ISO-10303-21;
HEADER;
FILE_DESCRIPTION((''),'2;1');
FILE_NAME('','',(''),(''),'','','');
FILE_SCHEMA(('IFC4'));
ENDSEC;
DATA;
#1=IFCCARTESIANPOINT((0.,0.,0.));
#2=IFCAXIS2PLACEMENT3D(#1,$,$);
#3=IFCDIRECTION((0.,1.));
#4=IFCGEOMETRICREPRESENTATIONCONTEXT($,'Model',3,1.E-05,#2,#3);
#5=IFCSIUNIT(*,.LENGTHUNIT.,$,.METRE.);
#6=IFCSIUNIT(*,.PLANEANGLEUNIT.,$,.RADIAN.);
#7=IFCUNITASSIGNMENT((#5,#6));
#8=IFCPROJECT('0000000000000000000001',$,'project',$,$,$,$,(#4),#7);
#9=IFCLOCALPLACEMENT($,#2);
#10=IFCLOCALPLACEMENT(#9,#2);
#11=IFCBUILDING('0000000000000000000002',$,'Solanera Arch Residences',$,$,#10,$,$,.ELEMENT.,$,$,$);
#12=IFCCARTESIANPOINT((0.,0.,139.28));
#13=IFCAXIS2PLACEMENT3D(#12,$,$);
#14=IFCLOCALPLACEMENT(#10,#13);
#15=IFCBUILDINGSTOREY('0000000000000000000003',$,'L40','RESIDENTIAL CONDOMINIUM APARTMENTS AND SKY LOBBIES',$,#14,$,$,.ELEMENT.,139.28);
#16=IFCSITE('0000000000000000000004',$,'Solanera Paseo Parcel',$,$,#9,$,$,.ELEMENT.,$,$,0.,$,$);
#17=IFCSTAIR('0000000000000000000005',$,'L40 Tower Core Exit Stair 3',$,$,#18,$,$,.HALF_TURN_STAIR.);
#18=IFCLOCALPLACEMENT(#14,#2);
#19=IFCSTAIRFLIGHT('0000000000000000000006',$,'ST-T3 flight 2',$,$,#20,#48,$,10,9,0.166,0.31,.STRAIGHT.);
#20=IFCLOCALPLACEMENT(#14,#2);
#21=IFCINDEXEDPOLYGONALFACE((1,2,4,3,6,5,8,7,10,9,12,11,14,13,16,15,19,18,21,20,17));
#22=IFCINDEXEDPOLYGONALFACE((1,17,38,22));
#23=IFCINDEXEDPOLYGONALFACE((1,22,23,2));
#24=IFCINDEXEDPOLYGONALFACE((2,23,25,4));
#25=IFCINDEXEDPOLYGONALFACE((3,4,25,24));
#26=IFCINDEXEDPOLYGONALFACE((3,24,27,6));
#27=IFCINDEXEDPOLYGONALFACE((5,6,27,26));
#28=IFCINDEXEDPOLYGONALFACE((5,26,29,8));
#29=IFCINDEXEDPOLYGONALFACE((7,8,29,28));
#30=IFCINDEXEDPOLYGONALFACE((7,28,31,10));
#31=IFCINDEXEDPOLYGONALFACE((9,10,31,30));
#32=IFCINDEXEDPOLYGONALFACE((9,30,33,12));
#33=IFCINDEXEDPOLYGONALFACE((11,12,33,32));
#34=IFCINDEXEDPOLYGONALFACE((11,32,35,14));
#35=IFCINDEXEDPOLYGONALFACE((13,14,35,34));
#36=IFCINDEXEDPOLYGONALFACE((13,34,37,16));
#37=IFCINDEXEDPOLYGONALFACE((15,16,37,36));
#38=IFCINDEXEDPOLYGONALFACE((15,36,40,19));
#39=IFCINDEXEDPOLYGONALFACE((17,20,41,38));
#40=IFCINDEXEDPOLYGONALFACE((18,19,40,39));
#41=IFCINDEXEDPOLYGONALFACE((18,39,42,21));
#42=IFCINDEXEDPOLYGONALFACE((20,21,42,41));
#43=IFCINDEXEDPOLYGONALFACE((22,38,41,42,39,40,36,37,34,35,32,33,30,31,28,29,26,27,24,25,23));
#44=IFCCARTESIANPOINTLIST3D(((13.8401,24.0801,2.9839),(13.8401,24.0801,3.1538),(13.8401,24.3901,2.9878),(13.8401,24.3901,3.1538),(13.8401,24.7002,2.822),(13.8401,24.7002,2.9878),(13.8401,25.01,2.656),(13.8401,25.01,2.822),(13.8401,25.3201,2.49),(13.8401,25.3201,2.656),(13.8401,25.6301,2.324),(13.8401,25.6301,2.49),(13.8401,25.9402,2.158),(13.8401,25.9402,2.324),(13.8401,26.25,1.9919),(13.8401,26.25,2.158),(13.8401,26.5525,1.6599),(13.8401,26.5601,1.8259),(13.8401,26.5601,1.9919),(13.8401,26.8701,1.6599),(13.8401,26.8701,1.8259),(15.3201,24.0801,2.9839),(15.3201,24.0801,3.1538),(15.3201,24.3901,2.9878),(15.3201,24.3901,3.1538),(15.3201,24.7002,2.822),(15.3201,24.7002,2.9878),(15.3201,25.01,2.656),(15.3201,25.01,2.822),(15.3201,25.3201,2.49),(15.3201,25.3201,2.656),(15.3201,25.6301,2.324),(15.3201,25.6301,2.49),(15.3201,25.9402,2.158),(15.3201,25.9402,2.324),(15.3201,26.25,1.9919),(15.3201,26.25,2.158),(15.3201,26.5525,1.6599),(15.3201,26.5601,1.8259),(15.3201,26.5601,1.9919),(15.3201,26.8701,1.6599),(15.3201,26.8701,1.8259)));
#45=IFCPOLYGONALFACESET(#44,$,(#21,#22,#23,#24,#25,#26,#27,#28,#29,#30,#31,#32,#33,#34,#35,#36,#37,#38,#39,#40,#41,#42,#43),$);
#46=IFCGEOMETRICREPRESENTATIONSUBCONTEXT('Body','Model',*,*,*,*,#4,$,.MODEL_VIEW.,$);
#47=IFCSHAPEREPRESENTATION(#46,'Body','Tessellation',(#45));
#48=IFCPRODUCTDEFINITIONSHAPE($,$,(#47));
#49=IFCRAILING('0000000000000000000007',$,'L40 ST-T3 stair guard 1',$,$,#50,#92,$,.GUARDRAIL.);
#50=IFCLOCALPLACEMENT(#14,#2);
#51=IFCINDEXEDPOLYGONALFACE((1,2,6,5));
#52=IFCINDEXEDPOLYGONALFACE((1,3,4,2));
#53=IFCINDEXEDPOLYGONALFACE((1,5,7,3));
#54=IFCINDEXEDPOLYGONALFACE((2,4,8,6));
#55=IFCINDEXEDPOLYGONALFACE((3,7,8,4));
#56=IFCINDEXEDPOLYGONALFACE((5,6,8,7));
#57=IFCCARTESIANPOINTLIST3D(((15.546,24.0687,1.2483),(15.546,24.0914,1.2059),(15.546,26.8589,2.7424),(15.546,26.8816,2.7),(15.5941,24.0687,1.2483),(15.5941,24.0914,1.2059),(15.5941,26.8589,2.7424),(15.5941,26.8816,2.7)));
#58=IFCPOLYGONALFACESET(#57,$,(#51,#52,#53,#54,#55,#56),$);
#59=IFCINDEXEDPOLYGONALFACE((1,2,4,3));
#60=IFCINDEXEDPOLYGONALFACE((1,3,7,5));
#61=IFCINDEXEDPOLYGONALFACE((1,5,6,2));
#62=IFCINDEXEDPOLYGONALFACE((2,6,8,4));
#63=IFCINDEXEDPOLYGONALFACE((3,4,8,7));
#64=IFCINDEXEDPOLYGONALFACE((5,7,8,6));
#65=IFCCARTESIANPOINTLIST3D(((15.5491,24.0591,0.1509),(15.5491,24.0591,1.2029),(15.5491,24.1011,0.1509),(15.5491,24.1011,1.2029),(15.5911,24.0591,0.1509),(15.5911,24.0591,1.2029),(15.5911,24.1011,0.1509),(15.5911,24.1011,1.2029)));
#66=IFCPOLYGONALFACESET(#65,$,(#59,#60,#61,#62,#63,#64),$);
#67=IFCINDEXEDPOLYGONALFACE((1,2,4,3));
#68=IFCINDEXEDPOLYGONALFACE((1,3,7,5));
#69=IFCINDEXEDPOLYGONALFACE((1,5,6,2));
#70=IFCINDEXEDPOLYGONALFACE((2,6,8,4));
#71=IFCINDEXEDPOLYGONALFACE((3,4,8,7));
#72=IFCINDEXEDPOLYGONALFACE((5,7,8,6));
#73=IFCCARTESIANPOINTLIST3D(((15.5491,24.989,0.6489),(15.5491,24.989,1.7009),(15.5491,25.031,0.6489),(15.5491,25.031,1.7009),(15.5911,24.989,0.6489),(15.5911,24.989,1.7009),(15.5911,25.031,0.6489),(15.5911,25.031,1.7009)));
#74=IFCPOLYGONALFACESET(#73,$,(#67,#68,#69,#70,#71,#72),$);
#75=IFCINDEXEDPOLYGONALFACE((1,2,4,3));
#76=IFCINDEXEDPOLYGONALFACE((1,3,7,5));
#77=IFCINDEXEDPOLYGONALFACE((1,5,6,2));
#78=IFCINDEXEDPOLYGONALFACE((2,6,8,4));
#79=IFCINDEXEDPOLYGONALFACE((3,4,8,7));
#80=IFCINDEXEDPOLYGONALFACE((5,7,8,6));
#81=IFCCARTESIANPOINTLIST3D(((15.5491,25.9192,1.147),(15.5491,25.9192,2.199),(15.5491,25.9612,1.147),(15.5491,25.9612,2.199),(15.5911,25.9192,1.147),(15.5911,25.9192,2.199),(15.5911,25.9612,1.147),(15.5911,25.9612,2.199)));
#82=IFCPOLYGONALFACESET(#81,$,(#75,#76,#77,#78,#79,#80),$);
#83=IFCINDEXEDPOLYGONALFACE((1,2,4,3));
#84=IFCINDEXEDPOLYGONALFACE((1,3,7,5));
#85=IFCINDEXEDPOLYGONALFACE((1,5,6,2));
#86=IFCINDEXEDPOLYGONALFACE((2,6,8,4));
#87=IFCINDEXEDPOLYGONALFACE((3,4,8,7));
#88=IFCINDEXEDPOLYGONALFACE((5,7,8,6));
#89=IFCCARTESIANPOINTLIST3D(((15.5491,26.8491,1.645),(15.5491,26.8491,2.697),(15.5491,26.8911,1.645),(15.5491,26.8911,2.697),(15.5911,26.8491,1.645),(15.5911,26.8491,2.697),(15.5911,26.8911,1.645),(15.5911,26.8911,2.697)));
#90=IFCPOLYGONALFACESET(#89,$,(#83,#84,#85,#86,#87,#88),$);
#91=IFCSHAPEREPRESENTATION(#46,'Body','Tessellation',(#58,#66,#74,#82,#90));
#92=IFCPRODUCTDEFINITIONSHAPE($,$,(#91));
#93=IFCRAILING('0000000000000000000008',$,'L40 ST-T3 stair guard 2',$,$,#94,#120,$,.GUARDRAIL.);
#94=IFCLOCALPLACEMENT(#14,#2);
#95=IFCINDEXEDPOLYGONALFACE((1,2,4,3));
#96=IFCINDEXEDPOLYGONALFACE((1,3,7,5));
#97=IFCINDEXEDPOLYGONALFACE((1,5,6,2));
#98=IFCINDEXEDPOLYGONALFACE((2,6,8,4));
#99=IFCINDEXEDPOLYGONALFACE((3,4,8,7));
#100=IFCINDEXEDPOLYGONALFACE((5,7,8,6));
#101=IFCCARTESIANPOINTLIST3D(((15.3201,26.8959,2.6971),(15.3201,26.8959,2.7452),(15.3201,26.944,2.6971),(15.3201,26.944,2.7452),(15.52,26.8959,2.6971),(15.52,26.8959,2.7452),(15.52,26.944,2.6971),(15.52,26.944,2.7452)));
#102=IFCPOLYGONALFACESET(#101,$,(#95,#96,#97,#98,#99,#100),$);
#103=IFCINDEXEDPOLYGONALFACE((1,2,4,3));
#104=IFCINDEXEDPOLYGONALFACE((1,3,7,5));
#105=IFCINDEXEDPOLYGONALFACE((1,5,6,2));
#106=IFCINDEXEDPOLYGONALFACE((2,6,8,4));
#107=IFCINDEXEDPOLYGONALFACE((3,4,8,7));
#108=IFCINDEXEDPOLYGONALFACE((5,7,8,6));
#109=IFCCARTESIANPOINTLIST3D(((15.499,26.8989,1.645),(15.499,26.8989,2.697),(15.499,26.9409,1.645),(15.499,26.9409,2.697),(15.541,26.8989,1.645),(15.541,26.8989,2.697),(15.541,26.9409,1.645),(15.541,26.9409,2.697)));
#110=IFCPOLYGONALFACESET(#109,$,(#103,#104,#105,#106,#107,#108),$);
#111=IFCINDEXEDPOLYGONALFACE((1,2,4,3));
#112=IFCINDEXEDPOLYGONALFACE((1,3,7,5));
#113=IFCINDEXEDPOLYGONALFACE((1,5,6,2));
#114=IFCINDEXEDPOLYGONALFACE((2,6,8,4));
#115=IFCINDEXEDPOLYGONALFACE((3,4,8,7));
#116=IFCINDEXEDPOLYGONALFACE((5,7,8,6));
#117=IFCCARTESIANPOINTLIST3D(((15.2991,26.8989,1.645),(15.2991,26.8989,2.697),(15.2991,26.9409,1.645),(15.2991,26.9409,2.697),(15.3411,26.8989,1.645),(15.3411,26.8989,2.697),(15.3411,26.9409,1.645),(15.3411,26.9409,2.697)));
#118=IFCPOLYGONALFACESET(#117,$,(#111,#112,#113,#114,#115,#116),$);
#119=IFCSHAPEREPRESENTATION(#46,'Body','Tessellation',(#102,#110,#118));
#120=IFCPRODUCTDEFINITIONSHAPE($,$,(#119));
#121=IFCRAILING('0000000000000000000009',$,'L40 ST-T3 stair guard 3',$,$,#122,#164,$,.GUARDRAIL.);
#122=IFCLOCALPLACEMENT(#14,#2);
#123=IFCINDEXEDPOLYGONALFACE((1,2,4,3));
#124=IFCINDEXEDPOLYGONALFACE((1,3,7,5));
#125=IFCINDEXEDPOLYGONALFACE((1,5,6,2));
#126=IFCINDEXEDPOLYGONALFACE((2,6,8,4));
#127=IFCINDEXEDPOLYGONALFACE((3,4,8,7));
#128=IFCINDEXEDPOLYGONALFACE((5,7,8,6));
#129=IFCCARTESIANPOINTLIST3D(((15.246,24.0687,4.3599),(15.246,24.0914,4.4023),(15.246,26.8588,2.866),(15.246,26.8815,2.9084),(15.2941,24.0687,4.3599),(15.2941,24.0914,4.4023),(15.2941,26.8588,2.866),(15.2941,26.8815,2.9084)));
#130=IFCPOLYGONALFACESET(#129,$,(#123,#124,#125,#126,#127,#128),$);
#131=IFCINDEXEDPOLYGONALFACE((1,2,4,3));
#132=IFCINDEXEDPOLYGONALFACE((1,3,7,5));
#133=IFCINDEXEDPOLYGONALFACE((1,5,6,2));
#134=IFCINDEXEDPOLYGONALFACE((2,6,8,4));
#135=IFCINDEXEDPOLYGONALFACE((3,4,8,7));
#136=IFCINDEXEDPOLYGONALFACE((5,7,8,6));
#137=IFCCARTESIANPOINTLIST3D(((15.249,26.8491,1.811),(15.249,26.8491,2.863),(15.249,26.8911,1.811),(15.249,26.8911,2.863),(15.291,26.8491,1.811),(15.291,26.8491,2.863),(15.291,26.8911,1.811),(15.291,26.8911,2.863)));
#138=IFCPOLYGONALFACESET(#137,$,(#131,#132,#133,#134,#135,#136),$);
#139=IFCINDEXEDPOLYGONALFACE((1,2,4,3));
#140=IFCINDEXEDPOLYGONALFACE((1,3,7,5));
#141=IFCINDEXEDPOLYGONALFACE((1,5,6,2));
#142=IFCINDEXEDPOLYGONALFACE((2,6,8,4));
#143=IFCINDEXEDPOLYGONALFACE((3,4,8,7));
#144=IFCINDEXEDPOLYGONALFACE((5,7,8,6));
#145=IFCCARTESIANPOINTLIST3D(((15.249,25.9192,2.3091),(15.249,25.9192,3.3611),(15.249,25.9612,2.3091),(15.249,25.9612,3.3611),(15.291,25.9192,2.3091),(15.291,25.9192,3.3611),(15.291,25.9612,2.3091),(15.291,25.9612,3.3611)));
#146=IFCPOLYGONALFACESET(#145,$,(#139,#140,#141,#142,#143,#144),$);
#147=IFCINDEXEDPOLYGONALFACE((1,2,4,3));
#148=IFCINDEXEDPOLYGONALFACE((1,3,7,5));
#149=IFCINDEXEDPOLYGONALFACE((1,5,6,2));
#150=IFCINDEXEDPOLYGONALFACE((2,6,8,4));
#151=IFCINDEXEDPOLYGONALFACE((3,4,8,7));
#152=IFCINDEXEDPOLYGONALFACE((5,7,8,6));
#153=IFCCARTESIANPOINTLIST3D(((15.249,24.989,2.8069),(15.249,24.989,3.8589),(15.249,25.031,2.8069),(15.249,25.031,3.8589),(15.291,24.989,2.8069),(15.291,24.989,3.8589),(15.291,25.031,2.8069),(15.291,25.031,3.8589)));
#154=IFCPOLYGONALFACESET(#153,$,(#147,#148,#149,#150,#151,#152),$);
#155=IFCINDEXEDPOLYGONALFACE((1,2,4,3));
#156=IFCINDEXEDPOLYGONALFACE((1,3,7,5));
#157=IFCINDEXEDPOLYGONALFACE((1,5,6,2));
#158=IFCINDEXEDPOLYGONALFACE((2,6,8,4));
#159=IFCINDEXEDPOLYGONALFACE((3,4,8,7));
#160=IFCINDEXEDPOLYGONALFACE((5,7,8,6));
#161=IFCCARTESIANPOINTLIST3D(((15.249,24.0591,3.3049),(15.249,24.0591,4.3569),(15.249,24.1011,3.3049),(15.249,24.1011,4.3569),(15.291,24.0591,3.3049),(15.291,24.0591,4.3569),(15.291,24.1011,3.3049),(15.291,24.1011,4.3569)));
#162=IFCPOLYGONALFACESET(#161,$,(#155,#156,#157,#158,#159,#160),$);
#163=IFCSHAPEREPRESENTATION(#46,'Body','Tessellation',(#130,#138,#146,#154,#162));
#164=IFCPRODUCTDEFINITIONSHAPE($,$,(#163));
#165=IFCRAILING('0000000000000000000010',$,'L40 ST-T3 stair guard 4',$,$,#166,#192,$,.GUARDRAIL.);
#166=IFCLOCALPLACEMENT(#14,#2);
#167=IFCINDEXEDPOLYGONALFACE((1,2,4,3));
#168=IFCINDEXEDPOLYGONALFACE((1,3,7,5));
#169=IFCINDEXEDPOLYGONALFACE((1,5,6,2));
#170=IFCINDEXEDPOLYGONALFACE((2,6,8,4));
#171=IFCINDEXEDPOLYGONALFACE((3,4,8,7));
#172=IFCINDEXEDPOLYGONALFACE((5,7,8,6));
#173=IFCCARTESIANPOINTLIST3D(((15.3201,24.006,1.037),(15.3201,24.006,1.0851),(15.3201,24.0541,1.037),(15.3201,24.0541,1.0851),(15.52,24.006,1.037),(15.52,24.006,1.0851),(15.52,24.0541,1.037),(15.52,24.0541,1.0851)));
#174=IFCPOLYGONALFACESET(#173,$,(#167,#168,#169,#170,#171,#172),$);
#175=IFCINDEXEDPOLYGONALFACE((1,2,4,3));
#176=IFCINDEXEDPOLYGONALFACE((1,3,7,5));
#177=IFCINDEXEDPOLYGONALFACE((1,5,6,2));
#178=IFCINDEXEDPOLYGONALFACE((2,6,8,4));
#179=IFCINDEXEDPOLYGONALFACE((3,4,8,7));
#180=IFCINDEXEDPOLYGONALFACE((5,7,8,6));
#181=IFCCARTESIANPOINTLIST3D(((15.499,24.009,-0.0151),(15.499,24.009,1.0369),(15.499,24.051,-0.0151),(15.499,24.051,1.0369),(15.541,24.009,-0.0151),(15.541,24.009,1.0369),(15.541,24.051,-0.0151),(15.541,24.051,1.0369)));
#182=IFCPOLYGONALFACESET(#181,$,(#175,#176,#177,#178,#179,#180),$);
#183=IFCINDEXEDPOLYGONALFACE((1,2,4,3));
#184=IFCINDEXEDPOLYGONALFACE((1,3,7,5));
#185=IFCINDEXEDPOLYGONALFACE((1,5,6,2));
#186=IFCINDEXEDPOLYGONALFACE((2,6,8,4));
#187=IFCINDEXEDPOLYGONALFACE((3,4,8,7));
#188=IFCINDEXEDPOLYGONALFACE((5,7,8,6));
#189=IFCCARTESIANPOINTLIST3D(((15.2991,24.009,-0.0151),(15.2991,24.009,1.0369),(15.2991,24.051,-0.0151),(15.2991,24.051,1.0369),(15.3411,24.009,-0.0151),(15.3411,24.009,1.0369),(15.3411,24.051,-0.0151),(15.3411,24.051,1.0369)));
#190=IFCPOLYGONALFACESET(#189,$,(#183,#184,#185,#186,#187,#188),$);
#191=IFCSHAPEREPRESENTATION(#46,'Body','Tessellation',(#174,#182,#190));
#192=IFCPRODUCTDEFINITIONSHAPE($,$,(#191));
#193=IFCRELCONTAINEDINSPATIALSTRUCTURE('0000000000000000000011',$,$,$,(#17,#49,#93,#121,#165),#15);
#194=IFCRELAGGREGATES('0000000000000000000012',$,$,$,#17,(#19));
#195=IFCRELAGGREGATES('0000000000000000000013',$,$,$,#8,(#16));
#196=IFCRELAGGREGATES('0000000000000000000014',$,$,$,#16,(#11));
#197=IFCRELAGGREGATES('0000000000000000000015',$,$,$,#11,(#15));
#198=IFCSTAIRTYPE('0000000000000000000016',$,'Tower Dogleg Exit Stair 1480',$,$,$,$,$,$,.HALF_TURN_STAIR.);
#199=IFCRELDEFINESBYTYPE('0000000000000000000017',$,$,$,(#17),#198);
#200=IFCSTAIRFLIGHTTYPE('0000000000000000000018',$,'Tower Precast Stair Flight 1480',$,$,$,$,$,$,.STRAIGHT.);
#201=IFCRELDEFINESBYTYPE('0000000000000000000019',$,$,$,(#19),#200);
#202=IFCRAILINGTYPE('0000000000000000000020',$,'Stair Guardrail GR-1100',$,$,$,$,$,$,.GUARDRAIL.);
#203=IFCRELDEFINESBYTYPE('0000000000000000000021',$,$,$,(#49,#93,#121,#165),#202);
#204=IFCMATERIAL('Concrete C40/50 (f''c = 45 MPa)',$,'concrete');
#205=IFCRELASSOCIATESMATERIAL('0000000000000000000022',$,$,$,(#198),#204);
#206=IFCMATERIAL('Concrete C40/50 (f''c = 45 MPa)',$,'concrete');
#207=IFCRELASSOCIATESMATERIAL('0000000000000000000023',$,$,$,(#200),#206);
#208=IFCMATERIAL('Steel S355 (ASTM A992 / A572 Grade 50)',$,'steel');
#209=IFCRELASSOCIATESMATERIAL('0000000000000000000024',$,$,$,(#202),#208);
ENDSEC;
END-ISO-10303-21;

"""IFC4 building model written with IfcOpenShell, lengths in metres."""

from ifc_helpers import new_model, si_unit, direction, frame, origin, origin_2d, place, context, subcontext, project, spatial, polyline, rectangle, outline, extrude, material, type_object, element, aggregate, save


model = new_model("IFC4")

# Units and contexts
model_context = context("Model", 3, precision=1e-05, world=origin(), true_north=direction((0.0, 1.0)))
body_context = subcontext(model_context, "Body", "Model", "MODEL_VIEW")
ifc_project = project(units=[si_unit("LENGTHUNIT", "METRE"), si_unit("PLANEANGLEUNIT", "RADIAN")], contexts=[model_context])

# Site, building, storey
site_placement = place(None, origin())
site = spatial("IfcSite", under=ifc_project, at=site_placement, Name="Solanera Paseo Parcel", CompositionType="ELEMENT", RefElevation=0.0)
building_placement = place(site_placement, origin())
building = spatial("IfcBuilding", under=site, at=building_placement, Name="Solanera Arch Residences", CompositionType="ELEMENT")
storey_placement = place(building_placement, frame((0.0, 0.0, 139.28)))
storey = spatial("IfcBuildingStorey", under=building, at=storey_placement, Name="L40", Description="RESIDENTIAL CONDOMINIUM APARTMENTS AND SKY LOBBIES", CompositionType="ELEMENT", Elevation=139.28)

# Stair, stair flight
ifc_material_1 = material(Name="Concrete C40/50 (f'c = 45 MPa)", Category="concrete")
stair_type = type_object("IfcStairType", Name="Tower Dogleg Exit Stair 1480", PredefinedType="HALF_TURN_STAIR", material=ifc_material_1)
stair_placement = place(storey_placement, origin())
stair = element("IfcStair", 1, at=stair_placement, inside=storey, type_object=stair_type, Name="L40 Tower Core Exit Stair 3", PredefinedType="HALF_TURN_STAIR")
ifc_material_2 = material(Name="Concrete C40/50 (f'c = 45 MPa)", Category="concrete")
stair_flight_type = type_object("IfcStairFlightType", Name="Tower Precast Stair Flight 1480", PredefinedType="STRAIGHT", material=ifc_material_2)
stair_flight_1_placement = place(storey_placement, frame((14.5801, 26.8701, 1.6599), z_axis=(0.0, 0.0, 1.0), x_axis=(0.0, -1.0, 0.0)))
stair_flight_1 = element("IfcStairFlight", 2, at=stair_flight_1_placement, type_object=stair_flight_type, Name="ST-T3 flight 2", NumberOfRisers=10, NumberOfTreads=9, PredefinedType="STRAIGHT", RiserHeight=0.166, TreadLength=0.31, context=body_context, shape_type="SweptSolid", body=[
    extrude(outline(polyline([(0.0, 0.0), (0.0, 0.166), (0.3101, 0.166), (0.3101, 0.332), (0.6201, 0.332), (0.6201, 0.498), (0.9299, 0.498), (0.9299, 0.6641), (1.24, 0.6641), (1.24, 0.8301), (1.55, 0.8301), (1.55, 0.9961), (1.8601, 0.9961), (1.8601, 1.1621), (2.1699, 1.1621), (2.1699, 1.3279), (2.48, 1.3279), (2.48, 1.4939), (2.79, 1.4939), (2.79, 1.6599), (2.79, 1.324), (0.3176, 0.0), (0.0, 0.0)])), frame((0.0, 0.74, 0.0), z_axis=(0.0, -1.0, 0.0), x_axis=(1.0, 0.0, 0.0)), (0.0, 0.0, 1.0), 1.48),
])
aggregate(stair, [stair_flight_1])

# Railings
ifc_material_3 = material(Name="Steel S355 (ASTM A992 / A572 Grade 50)", Category="steel")
railing_type_1 = type_object("IfcRailingType", Name="Stair Guardrail GR-1100", PredefinedType="GUARDRAIL", material=ifc_material_3)
railing_1_placement = place(storey_placement, frame((15.5701, 24.0801, 0.1509)))
element("IfcRailing", 3, at=railing_1_placement, inside=storey, type_object=railing_type_1, Name="L40 ST-T3 stair guard 1", PredefinedType="GUARDRAIL", context=body_context, shape_type="SweptSolid", body=[
    extrude(rectangle(XDim=0.0481, YDim=0.0481, at=origin_2d()), frame((0.0, 0.0, 1.0762), z_axis=(0.0, 0.881549, 0.472093), x_axis=(-1.0, 0.0, 0.0)), (0.0, 0.0, 1.0), 3.165),
    extrude(rectangle(XDim=0.042, YDim=0.042, at=origin_2d()), origin(), (0.0, 0.0, 1.0), 1.052),
    extrude(rectangle(XDim=0.042, YDim=0.042, at=origin_2d()), frame((0.0, 0.9299, 0.498)), (0.0, 0.0, 1.0), 1.052),
    extrude(rectangle(XDim=0.042, YDim=0.042, at=origin_2d()), frame((0.0, 1.8601, 0.9961)), (0.0, 0.0, 1.0), 1.052),
    extrude(rectangle(XDim=0.042, YDim=0.042, at=origin_2d()), frame((0.0, 2.79, 1.4941)), (0.0, 0.0, 1.0), 1.052),
])
railing_2_placement = place(storey_placement, frame((15.52, 26.9199, 1.645)))
element("IfcRailing", 4, at=railing_2_placement, inside=storey, type_object=railing_type_1, Name="L40 ST-T3 stair guard 2", PredefinedType="GUARDRAIL", context=body_context, shape_type="SweptSolid", body=[
    extrude(rectangle(XDim=0.0481, YDim=0.0481, at=origin_2d()), frame((0.0, 0.0, 1.0762), z_axis=(-1.0, 0.0, 0.0), x_axis=(0.0, -1.0, 0.0)), (0.0, 0.0, 1.0), 0.2),
    extrude(rectangle(XDim=0.042, YDim=0.042, at=origin_2d()), origin(), (0.0, 0.0, 1.0), 1.052),
    extrude(rectangle(XDim=0.042, YDim=0.042, at=origin_2d()), frame((-0.2, 0.0, 0.0)), (0.0, 0.0, 1.0), 1.052),
])
railing_3_placement = place(storey_placement, frame((15.27, 26.8701, 1.811)))
element("IfcRailing", 5, at=railing_3_placement, inside=storey, type_object=railing_type_1, Name="L40 ST-T3 stair guard 3", PredefinedType="GUARDRAIL", context=body_context, shape_type="SweptSolid", body=[
    extrude(rectangle(XDim=0.0481, YDim=0.0481, at=origin_2d()), frame((0.0, 0.0, 1.0762), z_axis=(0.0, -0.881581, 0.472033), x_axis=(1.0, 0.0, 0.0)), (0.0, 0.0, 1.0), 3.1648),
    extrude(rectangle(XDim=0.042, YDim=0.042, at=origin_2d()), origin(), (0.0, 0.0, 1.0), 1.052),
    extrude(rectangle(XDim=0.042, YDim=0.042, at=origin_2d()), frame((0.0, -0.9299, 0.498)), (0.0, 0.0, 1.0), 1.052),
    extrude(rectangle(XDim=0.042, YDim=0.042, at=origin_2d()), frame((0.0, -1.8601, 0.9958)), (0.0, 0.0, 1.0), 1.052),
    extrude(rectangle(XDim=0.042, YDim=0.042, at=origin_2d()), frame((0.0, -2.79, 1.4939)), (0.0, 0.0, 1.0), 1.052),
])
railing_4_placement = place(storey_placement, frame((15.52, 24.03, -0.0151)))
element("IfcRailing", 6, at=railing_4_placement, inside=storey, type_object=railing_type_1, Name="L40 ST-T3 stair guard 4", PredefinedType="GUARDRAIL", context=body_context, shape_type="SweptSolid", body=[
    extrude(rectangle(XDim=0.0481, YDim=0.0481, at=origin_2d()), frame((0.0, 0.0, 1.0762), z_axis=(-1.0, 0.0, 0.0), x_axis=(0.0, -1.0, 0.0)), (0.0, 0.0, 1.0), 0.2),
    extrude(rectangle(XDim=0.042, YDim=0.042, at=origin_2d()), origin(), (0.0, 0.0, 1.0), 1.052),
    extrude(rectangle(XDim=0.042, YDim=0.042, at=origin_2d()), frame((-0.2, 0.0, 0.0)), (0.0, 0.0, 1.0), 1.052),
])

save(model, "model.ifc")
